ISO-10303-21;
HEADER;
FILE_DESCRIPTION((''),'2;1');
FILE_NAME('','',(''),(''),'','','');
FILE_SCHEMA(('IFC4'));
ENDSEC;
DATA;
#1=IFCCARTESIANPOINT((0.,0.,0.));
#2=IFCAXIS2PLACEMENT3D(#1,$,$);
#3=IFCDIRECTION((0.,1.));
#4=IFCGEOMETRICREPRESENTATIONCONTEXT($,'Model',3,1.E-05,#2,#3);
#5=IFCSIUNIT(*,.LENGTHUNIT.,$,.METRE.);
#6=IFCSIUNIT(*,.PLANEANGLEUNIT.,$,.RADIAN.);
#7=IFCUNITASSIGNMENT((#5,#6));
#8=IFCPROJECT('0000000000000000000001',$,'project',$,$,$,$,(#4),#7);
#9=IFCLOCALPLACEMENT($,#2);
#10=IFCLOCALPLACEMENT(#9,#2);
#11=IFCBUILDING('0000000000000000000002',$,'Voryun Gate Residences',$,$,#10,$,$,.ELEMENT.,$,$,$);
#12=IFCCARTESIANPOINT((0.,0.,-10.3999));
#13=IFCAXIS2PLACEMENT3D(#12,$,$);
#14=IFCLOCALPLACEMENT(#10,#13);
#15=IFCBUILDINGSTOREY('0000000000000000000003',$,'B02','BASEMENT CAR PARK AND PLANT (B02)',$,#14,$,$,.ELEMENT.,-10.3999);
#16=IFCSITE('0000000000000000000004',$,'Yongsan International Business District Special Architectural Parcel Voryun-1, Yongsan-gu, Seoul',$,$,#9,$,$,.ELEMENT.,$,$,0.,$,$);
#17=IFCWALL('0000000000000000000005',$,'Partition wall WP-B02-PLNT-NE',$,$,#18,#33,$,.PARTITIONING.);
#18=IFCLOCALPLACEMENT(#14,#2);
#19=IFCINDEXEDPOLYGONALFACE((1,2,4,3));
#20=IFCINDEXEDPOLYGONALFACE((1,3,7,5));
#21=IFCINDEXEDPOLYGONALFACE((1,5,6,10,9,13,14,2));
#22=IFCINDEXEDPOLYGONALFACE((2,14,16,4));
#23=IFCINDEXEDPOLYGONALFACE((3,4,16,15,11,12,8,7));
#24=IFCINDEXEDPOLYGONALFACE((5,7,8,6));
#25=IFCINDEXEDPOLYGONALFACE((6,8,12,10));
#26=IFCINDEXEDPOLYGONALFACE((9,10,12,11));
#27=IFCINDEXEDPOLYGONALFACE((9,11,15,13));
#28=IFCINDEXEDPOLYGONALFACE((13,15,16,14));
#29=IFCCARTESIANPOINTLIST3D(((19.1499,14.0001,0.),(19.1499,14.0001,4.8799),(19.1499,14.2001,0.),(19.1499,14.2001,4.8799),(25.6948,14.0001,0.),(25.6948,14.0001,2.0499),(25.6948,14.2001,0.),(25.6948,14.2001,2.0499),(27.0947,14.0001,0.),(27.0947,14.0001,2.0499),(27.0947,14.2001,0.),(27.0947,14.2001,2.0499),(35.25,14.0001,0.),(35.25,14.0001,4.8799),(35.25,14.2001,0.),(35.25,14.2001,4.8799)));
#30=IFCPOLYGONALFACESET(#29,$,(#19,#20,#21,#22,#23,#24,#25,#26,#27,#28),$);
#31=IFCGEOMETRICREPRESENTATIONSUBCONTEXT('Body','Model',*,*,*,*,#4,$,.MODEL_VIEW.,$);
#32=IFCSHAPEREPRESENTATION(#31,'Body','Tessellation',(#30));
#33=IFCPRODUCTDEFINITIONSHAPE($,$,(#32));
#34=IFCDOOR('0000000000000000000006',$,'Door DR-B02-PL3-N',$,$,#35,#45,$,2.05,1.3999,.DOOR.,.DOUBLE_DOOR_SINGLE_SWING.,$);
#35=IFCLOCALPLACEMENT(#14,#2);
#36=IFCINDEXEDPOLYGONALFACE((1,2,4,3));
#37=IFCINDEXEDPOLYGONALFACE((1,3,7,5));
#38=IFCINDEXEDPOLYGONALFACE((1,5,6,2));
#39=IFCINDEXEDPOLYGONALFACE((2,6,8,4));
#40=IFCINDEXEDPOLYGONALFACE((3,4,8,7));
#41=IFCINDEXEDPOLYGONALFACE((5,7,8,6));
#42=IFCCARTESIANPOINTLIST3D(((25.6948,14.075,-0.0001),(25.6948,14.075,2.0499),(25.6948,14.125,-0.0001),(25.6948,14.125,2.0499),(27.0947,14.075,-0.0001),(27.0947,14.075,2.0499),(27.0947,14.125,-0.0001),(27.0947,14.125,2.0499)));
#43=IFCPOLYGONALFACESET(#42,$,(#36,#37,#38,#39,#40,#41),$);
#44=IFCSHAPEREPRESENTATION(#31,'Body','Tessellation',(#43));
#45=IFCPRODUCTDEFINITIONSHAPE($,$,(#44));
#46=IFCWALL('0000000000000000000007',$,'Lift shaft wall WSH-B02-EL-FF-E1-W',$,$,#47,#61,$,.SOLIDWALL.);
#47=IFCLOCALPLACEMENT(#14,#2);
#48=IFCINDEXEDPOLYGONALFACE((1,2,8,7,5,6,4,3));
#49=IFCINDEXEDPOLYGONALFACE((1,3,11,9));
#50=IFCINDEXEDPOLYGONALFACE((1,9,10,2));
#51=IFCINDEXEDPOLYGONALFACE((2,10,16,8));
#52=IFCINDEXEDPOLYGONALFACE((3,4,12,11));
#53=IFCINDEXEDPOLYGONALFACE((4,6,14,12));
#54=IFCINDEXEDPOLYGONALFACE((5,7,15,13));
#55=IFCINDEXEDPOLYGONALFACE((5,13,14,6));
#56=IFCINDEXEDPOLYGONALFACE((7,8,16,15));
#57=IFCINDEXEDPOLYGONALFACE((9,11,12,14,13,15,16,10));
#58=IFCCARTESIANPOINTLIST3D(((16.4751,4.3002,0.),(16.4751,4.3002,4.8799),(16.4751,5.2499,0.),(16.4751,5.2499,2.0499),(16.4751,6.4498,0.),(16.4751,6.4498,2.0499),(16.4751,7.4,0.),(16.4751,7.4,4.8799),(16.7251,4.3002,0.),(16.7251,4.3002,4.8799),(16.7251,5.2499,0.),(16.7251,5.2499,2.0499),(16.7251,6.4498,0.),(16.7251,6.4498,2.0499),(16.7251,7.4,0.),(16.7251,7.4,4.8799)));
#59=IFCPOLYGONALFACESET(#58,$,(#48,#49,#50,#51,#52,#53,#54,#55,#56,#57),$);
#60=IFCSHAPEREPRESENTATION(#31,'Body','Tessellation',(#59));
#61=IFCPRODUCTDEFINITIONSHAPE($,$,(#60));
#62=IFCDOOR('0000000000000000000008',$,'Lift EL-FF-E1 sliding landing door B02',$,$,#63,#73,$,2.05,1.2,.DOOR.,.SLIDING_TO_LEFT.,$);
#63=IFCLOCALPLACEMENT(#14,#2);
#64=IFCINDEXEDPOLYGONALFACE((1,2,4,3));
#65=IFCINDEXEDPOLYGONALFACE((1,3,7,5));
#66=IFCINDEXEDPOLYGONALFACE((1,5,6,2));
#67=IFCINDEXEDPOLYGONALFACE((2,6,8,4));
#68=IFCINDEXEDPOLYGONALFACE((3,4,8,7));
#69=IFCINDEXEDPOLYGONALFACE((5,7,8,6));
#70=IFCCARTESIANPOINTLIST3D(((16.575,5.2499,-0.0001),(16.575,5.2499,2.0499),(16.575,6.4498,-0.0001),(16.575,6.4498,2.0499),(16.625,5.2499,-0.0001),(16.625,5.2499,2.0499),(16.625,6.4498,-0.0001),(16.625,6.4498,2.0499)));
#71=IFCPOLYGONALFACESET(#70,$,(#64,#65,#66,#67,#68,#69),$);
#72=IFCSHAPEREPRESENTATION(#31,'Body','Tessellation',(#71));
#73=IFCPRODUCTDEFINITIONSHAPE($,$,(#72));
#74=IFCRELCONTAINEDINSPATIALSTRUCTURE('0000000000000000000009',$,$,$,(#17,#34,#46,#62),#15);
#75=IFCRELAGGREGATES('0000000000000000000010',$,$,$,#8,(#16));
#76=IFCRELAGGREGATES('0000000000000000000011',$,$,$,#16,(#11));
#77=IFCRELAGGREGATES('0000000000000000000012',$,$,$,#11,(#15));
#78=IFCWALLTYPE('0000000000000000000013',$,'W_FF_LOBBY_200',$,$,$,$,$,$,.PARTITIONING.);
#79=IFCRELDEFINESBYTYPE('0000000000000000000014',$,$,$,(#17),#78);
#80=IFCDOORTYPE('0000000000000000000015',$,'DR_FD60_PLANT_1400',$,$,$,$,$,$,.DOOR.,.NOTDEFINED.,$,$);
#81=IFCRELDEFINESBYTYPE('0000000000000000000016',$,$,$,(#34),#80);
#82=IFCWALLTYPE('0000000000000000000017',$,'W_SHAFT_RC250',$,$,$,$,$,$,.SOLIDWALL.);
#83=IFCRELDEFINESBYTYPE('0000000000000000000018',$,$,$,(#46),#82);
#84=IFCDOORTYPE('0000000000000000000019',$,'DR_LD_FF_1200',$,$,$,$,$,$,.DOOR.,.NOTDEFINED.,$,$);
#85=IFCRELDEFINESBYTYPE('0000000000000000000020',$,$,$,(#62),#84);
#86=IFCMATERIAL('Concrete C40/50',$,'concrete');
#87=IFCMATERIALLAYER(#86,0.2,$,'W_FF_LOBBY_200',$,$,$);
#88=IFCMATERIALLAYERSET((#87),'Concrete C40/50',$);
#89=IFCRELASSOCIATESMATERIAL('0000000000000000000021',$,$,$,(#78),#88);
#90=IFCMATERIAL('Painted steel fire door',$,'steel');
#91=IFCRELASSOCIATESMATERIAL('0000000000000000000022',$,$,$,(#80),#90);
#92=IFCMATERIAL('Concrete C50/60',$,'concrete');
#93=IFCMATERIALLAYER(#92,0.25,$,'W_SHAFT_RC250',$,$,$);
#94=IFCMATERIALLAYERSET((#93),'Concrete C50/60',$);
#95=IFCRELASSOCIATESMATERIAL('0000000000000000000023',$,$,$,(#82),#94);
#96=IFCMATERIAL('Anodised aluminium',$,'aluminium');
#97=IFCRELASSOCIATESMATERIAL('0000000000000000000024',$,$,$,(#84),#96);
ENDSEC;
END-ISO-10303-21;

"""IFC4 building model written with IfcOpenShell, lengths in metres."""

from ifc_helpers import new_model, si_unit, direction, frame, frame_2d, origin, place, context, subcontext, project, spatial, rectangle, extrude, material, layer, layer_set, type_object, element, fill, save


model = new_model("IFC4")

# Units and contexts
model_context = context("Model", 3, precision=1e-05, world=origin(), true_north=direction((0.0, 1.0)))
body_context = subcontext(model_context, "Body", "Model", "MODEL_VIEW")
ifc_project = project(units=[si_unit("LENGTHUNIT", "METRE"), si_unit("PLANEANGLEUNIT", "RADIAN")], contexts=[model_context])

# Site, building, storey
site_placement = place(None, origin())
site = spatial("IfcSite", under=ifc_project, at=site_placement, Name="Yongsan International Business District Special Architectural Parcel Voryun-1, Yongsan-gu, Seoul", CompositionType="ELEMENT", RefElevation=0.0)
building_placement = place(site_placement, origin())
building = spatial("IfcBuilding", under=site, at=building_placement, Name="Voryun Gate Residences", CompositionType="ELEMENT")
storey_placement = place(building_placement, frame((0.0, 0.0, -10.3999)))
storey = spatial("IfcBuildingStorey", under=building, at=storey_placement, Name="B02", Description="BASEMENT CAR PARK AND PLANT (B02)", CompositionType="ELEMENT", Elevation=-10.3999)

# Shared definitions
ifc_material_1 = material(Name="Concrete C40/50", Category="concrete")
ifc_layer_1 = layer(ifc_material_1, 0.2, Name="W_FF_LOBBY_200")
ifc_layer_set_1 = layer_set([ifc_layer_1], Name="Concrete C40/50")
wall_type_1 = type_object("IfcWallType", Name="W_FF_LOBBY_200", PredefinedType="PARTITIONING", material=ifc_layer_set_1)

# Walls, openings, doors
wall_1_placement = place(storey_placement, frame((19.1499, 14.1001, 0.0), z_axis=(0.0, 0.0, 1.0), x_axis=(1.0, 0.0, 0.0)))
wall_1 = element("IfcWall", 1, at=wall_1_placement, inside=storey, type_object=wall_type_1, Name="Partition wall WP-B02-PLNT-NE", PredefinedType="PARTITIONING", context=body_context, shape_type="SweptSolid", body=[
    extrude(rectangle(XDim=16.1001, YDim=0.2, at=frame_2d((8.05, 0.0))), origin(), (0.0, 0.0, 1.0), 4.8799),
])
opening_1_placement = place(wall_1_placement, frame((6.5449, 0.0, 0.0)))
opening_1 = element("IfcOpeningElement", 2, at=opening_1_placement, cuts=wall_1, PredefinedType="OPENING", context=body_context, shape_type="SweptSolid", body=[
    extrude(rectangle(XDim=1.3999, YDim=2.05, at=frame_2d((0.7, 1.0249))), frame((0.0, 0.1101, 0.0), z_axis=(0.0, -1.0, 0.0), x_axis=(1.0, 0.0, 0.0)), (0.0, 0.0, 1.0), 0.22),
])
ifc_material_2 = material(Name="Painted steel fire door", Category="steel")
door_type_1 = type_object("IfcDoorType", Name="DR_FD60_PLANT_1400", OperationType="NOTDEFINED", PredefinedType="DOOR", material=ifc_material_2)
door_1_placement = place(opening_1_placement, origin())
door_1 = element("IfcDoor", 3, at=door_1_placement, inside=storey, type_object=door_type_1, Name="Door DR-B02-PL3-N", OperationType="DOUBLE_DOOR_SINGLE_SWING", OverallHeight=2.05, OverallWidth=1.3999, PredefinedType="DOOR", context=body_context, shape_type="SweptSolid", body=[
    extrude(rectangle(XDim=1.3999, YDim=2.05, at=frame_2d((0.7, 1.0249))), frame((0.0, 0.0249, 0.0), z_axis=(0.0, -1.0, 0.0), x_axis=(1.0, 0.0, 0.0)), (0.0, 0.0, 1.0), 0.05),
])
fill(opening_1, door_1)
ifc_material_3 = material(Name="Concrete C50/60", Category="concrete")
ifc_layer_2 = layer(ifc_material_3, 0.25, Name="W_SHAFT_RC250")
ifc_layer_set_2 = layer_set([ifc_layer_2], Name="Concrete C50/60")
wall_type_2 = type_object("IfcWallType", Name="W_SHAFT_RC250", PredefinedType="SOLIDWALL", material=ifc_layer_set_2)
wall_2_placement = place(storey_placement, frame((16.6001, 7.3999, 0.0), z_axis=(0.0, 0.0, 1.0), x_axis=(0.0, -1.0, 0.0)))
wall_2 = element("IfcWall", 4, at=wall_2_placement, inside=storey, type_object=wall_type_2, Name="Lift shaft wall WSH-B02-EL-FF-E1-W", PredefinedType="SOLIDWALL", context=body_context, shape_type="SweptSolid", body=[
    extrude(rectangle(XDim=3.0999, YDim=0.25, at=frame_2d((1.5498, 0.0))), origin(), (0.0, 0.0, 1.0), 4.8799),
])
opening_2_placement = place(wall_2_placement, frame((0.95, 0.0, 0.0)))
opening_2 = element("IfcOpeningElement", 5, at=opening_2_placement, cuts=wall_2, PredefinedType="OPENING", context=body_context, shape_type="SweptSolid", body=[
    extrude(rectangle(XDim=1.2, YDim=2.05, at=frame_2d((0.6001, 1.0249))), frame((0.0, 0.135, 0.0), z_axis=(0.0, -1.0, 0.0), x_axis=(1.0, 0.0, 0.0)), (0.0, 0.0, 1.0), 0.27),
])
ifc_material_4 = material(Name="Anodised aluminium", Category="aluminium")
door_type_2 = type_object("IfcDoorType", Name="DR_LD_FF_1200", OperationType="NOTDEFINED", PredefinedType="DOOR", material=ifc_material_4)
door_2_placement = place(opening_2_placement, origin())
door_2 = element("IfcDoor", 6, at=door_2_placement, inside=storey, type_object=door_type_2, Name="Lift EL-FF-E1 sliding landing door B02", OperationType="SLIDING_TO_LEFT", OverallHeight=2.05, OverallWidth=1.2, PredefinedType="DOOR", context=body_context, shape_type="SweptSolid", body=[
    extrude(rectangle(XDim=1.2, YDim=2.05, at=frame_2d((0.6001, 1.0249))), frame((0.0, 0.0249, 0.0), z_axis=(0.0, -1.0, 0.0), x_axis=(1.0, 0.0, 0.0)), (0.0, 0.0, 1.0), 0.05),
])
fill(opening_2, door_2)

save(model, "model.ifc")
